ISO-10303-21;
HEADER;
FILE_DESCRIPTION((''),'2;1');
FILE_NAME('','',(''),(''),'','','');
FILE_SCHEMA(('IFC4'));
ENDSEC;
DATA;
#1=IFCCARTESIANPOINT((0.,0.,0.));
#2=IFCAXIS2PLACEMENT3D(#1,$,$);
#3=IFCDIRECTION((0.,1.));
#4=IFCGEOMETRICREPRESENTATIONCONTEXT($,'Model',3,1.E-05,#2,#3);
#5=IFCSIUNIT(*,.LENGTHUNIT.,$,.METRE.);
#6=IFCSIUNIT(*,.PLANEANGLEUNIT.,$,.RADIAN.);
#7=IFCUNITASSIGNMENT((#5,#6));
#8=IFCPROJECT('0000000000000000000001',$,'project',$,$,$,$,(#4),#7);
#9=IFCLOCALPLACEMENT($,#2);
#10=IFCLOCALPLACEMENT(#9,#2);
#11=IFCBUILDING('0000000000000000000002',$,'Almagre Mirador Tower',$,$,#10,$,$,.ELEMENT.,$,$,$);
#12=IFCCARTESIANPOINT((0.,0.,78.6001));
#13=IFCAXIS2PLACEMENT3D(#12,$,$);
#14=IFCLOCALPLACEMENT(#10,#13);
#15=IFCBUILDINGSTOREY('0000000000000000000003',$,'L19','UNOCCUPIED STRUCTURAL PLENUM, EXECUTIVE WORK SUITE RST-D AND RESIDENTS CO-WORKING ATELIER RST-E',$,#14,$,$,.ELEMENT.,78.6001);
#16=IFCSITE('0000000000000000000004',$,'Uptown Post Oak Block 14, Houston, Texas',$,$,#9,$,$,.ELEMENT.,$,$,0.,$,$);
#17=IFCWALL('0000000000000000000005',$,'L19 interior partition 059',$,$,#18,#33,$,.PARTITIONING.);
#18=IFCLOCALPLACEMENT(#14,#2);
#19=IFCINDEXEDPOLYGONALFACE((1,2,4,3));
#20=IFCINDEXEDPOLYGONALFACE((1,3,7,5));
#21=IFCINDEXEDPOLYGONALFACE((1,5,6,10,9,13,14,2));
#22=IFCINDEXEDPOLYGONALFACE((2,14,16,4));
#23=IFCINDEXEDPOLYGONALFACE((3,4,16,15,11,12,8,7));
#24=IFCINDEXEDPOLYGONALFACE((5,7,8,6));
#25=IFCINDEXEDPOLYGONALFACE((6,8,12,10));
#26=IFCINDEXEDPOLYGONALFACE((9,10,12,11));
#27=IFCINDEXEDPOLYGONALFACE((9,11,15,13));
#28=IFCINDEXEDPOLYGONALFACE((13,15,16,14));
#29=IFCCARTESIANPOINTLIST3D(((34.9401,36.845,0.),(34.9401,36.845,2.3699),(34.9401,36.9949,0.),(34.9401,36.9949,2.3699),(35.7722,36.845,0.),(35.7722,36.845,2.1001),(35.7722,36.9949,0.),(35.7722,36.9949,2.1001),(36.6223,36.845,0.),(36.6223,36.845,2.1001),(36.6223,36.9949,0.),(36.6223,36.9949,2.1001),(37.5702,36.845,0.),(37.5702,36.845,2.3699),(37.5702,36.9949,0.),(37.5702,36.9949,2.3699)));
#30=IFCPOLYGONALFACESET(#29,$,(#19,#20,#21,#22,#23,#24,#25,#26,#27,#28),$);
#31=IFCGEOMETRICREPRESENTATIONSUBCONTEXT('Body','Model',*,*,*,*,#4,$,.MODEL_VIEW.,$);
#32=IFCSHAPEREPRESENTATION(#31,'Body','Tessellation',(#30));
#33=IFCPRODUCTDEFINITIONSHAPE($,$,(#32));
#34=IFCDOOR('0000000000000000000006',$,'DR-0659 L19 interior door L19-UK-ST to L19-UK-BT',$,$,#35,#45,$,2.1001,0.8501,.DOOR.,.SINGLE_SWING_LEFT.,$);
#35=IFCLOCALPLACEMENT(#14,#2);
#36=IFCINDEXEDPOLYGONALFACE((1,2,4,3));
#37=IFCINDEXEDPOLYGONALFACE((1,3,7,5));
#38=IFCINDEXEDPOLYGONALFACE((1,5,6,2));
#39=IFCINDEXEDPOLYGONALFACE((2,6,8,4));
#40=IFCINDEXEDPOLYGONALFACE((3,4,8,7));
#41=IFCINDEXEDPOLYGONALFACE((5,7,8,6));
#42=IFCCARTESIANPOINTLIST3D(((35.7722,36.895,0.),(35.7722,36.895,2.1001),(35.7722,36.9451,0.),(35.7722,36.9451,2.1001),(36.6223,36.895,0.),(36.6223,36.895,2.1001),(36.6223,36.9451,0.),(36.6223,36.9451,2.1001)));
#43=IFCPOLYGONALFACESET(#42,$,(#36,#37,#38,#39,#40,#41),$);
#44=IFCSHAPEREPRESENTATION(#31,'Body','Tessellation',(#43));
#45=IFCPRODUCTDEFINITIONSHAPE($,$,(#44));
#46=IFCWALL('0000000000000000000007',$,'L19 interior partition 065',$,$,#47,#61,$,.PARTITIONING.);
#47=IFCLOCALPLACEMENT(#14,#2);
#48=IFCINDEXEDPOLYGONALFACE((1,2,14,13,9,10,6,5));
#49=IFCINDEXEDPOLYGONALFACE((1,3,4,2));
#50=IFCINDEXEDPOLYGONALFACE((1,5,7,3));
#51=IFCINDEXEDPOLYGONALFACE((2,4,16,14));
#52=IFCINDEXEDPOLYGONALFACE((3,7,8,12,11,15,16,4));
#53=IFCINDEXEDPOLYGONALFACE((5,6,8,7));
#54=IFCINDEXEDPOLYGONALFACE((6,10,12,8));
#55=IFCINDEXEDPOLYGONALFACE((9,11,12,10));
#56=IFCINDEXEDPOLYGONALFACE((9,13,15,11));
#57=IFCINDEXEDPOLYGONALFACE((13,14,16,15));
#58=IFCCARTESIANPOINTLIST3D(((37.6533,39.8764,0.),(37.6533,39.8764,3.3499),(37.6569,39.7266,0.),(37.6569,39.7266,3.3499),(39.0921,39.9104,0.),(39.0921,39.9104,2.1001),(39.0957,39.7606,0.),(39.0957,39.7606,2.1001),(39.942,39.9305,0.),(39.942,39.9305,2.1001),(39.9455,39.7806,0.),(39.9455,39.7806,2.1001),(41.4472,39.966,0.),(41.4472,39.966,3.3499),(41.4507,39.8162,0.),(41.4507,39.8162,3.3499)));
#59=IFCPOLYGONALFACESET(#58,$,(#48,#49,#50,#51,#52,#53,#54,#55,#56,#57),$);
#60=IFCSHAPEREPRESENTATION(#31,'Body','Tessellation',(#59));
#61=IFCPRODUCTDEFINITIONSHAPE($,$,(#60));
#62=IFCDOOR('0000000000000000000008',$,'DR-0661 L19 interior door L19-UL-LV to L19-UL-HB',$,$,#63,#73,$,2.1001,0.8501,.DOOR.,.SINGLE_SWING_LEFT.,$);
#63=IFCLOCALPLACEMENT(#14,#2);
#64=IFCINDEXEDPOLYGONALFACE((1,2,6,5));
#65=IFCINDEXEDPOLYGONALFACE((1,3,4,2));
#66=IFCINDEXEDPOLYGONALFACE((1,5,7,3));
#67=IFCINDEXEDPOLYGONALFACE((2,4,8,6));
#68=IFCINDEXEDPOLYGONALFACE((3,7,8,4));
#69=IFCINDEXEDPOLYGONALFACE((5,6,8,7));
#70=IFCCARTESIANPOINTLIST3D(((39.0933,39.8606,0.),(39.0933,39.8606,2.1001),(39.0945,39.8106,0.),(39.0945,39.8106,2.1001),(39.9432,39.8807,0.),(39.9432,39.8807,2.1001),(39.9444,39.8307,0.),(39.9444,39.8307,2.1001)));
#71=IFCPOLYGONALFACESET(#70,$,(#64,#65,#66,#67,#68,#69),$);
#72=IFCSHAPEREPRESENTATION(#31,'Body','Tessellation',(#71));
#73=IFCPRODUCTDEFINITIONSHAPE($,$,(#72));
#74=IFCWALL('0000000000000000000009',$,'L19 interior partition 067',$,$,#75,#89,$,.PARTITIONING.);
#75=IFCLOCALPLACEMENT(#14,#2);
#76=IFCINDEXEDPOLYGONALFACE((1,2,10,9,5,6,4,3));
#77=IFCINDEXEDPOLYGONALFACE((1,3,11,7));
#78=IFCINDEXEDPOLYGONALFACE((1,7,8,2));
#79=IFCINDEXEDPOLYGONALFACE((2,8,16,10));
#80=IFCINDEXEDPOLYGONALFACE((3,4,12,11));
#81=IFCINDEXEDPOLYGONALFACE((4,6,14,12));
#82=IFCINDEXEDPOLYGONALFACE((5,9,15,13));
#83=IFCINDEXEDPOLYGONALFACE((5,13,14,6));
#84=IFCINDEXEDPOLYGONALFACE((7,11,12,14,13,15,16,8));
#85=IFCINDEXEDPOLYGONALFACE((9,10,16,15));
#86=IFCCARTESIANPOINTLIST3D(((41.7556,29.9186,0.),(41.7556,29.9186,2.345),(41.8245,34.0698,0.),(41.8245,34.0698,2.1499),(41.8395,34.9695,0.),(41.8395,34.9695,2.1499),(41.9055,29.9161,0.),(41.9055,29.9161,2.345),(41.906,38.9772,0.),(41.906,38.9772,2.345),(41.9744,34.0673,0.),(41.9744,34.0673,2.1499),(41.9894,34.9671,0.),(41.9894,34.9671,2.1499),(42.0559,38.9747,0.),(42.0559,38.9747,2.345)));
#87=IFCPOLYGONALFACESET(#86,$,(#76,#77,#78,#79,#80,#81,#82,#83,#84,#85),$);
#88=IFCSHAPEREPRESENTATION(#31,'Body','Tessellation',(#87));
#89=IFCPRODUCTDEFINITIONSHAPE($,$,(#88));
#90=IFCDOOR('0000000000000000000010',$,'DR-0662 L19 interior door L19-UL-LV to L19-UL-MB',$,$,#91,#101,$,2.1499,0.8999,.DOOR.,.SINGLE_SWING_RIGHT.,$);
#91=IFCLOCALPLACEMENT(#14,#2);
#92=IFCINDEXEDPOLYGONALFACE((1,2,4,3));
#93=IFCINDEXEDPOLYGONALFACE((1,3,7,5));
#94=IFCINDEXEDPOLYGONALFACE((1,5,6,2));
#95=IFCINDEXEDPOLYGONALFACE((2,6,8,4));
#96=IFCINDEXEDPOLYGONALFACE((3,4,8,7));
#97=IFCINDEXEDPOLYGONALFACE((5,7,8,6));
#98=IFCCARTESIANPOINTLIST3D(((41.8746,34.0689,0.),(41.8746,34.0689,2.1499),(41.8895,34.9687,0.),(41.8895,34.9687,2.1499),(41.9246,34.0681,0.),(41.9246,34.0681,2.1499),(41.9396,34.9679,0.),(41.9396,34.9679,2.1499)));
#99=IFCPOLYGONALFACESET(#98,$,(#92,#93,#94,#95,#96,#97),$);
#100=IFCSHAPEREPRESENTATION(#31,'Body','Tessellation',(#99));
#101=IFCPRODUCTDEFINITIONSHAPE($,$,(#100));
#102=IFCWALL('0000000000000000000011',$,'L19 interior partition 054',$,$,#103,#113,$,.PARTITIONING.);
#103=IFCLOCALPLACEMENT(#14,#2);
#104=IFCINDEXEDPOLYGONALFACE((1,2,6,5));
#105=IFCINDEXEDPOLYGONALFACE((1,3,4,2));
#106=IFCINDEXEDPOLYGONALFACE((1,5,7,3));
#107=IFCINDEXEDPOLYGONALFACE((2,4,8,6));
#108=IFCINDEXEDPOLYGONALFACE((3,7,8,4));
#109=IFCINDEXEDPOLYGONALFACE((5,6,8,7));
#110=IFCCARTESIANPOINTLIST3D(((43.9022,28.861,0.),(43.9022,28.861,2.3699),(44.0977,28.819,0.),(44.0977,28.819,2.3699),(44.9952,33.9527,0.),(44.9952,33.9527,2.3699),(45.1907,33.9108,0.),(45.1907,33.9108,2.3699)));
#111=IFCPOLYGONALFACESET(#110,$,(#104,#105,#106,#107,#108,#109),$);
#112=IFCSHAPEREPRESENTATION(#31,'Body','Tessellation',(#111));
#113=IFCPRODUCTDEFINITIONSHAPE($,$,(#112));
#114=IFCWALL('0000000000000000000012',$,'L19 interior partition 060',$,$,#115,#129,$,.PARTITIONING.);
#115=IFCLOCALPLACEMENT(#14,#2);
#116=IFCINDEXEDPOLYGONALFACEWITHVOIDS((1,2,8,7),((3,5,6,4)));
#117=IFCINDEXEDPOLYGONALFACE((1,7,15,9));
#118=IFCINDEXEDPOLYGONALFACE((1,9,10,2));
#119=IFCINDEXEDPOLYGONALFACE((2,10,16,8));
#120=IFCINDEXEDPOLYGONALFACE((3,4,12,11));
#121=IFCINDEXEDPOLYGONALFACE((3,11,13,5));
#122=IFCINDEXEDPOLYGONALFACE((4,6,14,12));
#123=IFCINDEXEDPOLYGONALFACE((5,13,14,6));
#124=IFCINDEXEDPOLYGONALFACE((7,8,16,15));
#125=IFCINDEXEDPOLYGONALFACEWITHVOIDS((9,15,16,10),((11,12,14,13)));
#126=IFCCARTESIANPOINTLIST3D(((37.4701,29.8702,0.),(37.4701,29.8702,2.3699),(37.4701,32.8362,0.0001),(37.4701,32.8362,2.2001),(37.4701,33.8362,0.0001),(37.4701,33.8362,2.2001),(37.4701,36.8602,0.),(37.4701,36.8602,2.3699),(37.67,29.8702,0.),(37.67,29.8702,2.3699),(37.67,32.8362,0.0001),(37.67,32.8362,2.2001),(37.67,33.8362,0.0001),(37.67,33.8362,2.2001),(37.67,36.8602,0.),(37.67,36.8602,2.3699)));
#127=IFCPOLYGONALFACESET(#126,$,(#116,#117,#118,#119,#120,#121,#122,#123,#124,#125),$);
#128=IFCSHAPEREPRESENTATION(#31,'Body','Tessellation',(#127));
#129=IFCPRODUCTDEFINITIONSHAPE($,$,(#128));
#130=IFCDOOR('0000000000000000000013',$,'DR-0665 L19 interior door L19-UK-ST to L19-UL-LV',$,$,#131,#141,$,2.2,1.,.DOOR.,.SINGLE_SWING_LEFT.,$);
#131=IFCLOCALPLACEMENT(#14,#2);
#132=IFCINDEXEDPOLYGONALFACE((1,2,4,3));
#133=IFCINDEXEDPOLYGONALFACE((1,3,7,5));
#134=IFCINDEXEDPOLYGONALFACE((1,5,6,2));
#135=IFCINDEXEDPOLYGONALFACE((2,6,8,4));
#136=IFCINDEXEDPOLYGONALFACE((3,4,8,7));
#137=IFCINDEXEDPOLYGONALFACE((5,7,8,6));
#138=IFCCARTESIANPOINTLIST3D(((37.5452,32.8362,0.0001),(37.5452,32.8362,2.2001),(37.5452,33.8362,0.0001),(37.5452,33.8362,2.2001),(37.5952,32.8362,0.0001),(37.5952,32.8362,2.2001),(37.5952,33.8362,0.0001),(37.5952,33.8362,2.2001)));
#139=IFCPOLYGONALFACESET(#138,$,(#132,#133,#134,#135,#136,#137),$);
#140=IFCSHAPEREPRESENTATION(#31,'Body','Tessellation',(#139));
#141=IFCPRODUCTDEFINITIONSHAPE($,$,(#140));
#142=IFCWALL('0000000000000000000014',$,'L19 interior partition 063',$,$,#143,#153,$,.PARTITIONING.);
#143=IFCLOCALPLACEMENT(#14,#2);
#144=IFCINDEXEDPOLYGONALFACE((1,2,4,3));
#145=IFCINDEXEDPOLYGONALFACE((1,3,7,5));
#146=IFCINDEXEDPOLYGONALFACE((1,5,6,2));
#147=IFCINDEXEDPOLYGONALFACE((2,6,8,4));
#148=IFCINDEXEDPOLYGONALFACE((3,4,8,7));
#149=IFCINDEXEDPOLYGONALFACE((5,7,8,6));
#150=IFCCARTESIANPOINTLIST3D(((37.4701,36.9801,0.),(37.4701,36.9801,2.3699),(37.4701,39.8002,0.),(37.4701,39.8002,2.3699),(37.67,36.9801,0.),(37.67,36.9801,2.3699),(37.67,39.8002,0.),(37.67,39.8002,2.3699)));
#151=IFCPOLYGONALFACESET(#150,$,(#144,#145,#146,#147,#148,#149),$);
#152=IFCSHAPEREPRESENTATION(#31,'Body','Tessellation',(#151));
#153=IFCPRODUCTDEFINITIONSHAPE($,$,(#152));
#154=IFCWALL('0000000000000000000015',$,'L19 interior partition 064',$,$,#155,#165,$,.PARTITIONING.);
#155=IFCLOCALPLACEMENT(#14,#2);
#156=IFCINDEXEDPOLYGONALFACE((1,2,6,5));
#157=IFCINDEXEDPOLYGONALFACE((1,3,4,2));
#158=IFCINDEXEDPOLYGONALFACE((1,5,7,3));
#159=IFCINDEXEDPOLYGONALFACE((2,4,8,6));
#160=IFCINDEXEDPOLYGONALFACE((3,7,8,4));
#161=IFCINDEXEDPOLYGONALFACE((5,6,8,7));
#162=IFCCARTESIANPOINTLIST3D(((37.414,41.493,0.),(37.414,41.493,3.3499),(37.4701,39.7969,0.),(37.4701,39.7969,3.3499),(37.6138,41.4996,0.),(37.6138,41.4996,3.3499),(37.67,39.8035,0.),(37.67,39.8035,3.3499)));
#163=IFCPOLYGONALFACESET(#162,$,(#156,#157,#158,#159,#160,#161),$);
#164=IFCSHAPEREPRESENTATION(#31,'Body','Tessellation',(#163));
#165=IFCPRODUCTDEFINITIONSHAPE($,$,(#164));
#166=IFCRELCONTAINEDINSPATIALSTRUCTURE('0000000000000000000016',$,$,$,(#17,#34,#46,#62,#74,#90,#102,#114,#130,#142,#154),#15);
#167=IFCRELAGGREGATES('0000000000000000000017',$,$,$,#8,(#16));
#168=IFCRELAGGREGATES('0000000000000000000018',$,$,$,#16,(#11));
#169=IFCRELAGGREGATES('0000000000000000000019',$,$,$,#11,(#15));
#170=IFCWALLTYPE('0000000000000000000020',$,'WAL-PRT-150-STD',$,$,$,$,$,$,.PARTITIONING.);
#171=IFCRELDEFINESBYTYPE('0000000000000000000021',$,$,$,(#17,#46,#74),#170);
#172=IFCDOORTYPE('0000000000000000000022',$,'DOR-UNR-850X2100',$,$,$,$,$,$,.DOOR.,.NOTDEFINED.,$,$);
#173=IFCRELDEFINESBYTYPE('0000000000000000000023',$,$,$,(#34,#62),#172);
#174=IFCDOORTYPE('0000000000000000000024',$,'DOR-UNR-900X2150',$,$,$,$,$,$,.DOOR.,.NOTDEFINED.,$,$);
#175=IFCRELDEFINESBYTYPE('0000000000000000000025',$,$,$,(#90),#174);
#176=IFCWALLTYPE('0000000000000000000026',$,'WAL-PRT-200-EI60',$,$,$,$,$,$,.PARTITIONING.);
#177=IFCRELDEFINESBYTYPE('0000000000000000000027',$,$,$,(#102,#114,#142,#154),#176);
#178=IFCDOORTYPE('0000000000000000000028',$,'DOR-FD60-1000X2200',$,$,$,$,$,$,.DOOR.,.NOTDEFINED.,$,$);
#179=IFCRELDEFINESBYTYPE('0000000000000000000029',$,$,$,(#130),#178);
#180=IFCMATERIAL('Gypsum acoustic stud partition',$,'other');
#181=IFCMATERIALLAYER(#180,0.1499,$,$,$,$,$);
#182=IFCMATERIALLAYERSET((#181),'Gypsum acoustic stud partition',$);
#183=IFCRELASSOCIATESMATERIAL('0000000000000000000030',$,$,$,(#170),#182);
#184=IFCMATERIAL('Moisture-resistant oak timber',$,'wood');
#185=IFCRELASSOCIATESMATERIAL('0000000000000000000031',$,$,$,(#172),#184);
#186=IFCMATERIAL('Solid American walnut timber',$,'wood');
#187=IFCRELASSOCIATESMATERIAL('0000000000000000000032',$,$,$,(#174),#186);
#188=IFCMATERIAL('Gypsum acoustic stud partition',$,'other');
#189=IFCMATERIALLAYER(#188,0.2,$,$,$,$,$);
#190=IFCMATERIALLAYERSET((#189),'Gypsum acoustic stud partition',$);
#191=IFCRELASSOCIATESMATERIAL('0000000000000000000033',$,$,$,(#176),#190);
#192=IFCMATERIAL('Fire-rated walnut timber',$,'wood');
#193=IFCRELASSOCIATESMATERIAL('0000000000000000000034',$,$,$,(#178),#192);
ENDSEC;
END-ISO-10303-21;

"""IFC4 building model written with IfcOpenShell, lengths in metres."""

from ifc_helpers import new_model, si_unit, direction, frame, frame_2d, origin, place, context, subcontext, project, spatial, rectangle, extrude, material, layer, layer_set, type_object, element, fill, save


model = new_model("IFC4")

# Units and contexts
model_context = context("Model", 3, precision=1e-05, world=origin(), true_north=direction((0.0, 1.0)))
body_context = subcontext(model_context, "Body", "Model", "MODEL_VIEW")
ifc_project = project(units=[si_unit("LENGTHUNIT", "METRE"), si_unit("PLANEANGLEUNIT", "RADIAN")], contexts=[model_context])

# Site, building, storey
site_placement = place(None, origin())
site = spatial("IfcSite", under=ifc_project, at=site_placement, Name="Uptown Post Oak Block 14, Houston, Texas", CompositionType="ELEMENT", RefElevation=0.0)
building_placement = place(site_placement, origin())
building = spatial("IfcBuilding", under=site, at=building_placement, Name="Almagre Mirador Tower", CompositionType="ELEMENT")
storey_placement = place(building_placement, frame((0.0, 0.0, 78.6001)))
storey = spatial("IfcBuildingStorey", under=building, at=storey_placement, Name="L19", Description="UNOCCUPIED STRUCTURAL PLENUM, EXECUTIVE WORK SUITE RST-D AND RESIDENTS CO-WORKING ATELIER RST-E", CompositionType="ELEMENT", Elevation=78.6001)

# Walls, openings, doors
ifc_material_1 = material(Name="Gypsum acoustic stud partition", Category="other")
ifc_layer_1 = layer(ifc_material_1, 0.1499)
ifc_layer_set_1 = layer_set([ifc_layer_1], Name="Gypsum acoustic stud partition")
wall_type_1 = type_object("IfcWallType", Name="WAL-PRT-150-STD", PredefinedType="PARTITIONING", material=ifc_layer_set_1)
wall_1_placement = place(storey_placement, frame((37.5701, 36.9199, 0.0), z_axis=(0.0, 0.0, 1.0), x_axis=(-1.0, 0.0, 0.0)))
wall_1 = element("IfcWall", 1, at=wall_1_placement, inside=storey, type_object=wall_type_1, Name="L19 interior partition 059", PredefinedType="PARTITIONING", context=body_context, shape_type="SweptSolid", body=[
    extrude(rectangle(XDim=2.6301, YDim=0.1499, at=frame_2d((1.3149, 0.0))), origin(), (0.0, 0.0, 1.0), 2.3699),
])
opening_1_placement = place(wall_1_placement, frame((0.9478, 0.0, 0.0)))
opening_1 = element("IfcOpeningElement", 2, at=opening_1_placement, cuts=wall_1, PredefinedType="OPENING", context=body_context, shape_type="SweptSolid", body=[
    extrude(rectangle(XDim=0.8501, YDim=2.1001, at=frame_2d((0.425, 1.05))), frame((0.0, 0.085, 0.0), z_axis=(0.0, -1.0, 0.0), x_axis=(1.0, 0.0, 0.0)), (0.0, 0.0, 1.0), 0.1699),
])
ifc_material_2 = material(Name="Moisture-resistant oak timber", Category="wood")
door_type_1 = type_object("IfcDoorType", Name="DOR-UNR-850X2100", OperationType="NOTDEFINED", PredefinedType="DOOR", material=ifc_material_2)
door_1_placement = place(opening_1_placement, origin())
door_1 = element("IfcDoor", 3, at=door_1_placement, inside=storey, type_object=door_type_1, Name="DR-0659 L19 interior door L19-UK-ST to L19-UK-BT", OperationType="SINGLE_SWING_LEFT", OverallHeight=2.1001, OverallWidth=0.8501, PredefinedType="DOOR", context=body_context, shape_type="SweptSolid", body=[
    extrude(rectangle(XDim=0.8501, YDim=2.1001, at=frame_2d((0.425, 1.05))), frame((0.0, 0.0249, 0.0), z_axis=(0.0, -1.0, 0.0), x_axis=(1.0, 0.0, 0.0)), (0.0, 0.0, 1.0), 0.05),
])
fill(opening_1, door_1)
wall_2_placement = place(storey_placement, frame((41.449, 39.8911, 0.0), z_axis=(0.0, 0.0, 1.0), x_axis=(-0.999721, -0.02361, 0.0)))
wall_2 = element("IfcWall", 4, at=wall_2_placement, inside=storey, type_object=wall_type_1, Name="L19 interior partition 065", PredefinedType="PARTITIONING", context=body_context, shape_type="SweptSolid", body=[
    extrude(rectangle(XDim=3.7949, YDim=0.1499, at=frame_2d((1.8975, 0.0))), origin(), (0.0, 0.0, 1.0), 3.3499),
])
opening_2_placement = place(wall_2_placement, frame((1.5056, 0.0, 0.0)))
opening_2 = element("IfcOpeningElement", 5, at=opening_2_placement, cuts=wall_2, PredefinedType="OPENING", context=body_context, shape_type="SweptSolid", body=[
    extrude(rectangle(XDim=0.8501, YDim=2.1001, at=frame_2d((0.425, 1.05))), frame((0.0, 0.085, 0.0), z_axis=(0.0, -1.0, 0.0), x_axis=(1.0, 0.0, 0.0)), (0.0, 0.0, 1.0), 0.1699),
])
door_2_placement = place(opening_2_placement, origin())
door_2 = element("IfcDoor", 6, at=door_2_placement, inside=storey, type_object=door_type_1, Name="DR-0661 L19 interior door L19-UL-LV to L19-UL-HB", OperationType="SINGLE_SWING_LEFT", OverallHeight=2.1001, OverallWidth=0.8501, PredefinedType="DOOR", context=body_context, shape_type="SweptSolid", body=[
    extrude(rectangle(XDim=0.8501, YDim=2.1001, at=frame_2d((0.425, 1.05))), frame((0.0, 0.0249, 0.0), z_axis=(0.0, -1.0, 0.0), x_axis=(1.0, 0.0, 0.0)), (0.0, 0.0, 1.0), 0.05),
])
fill(opening_2, door_2)
wall_3_placement = place(storey_placement, frame((41.8306, 29.9175, 0.0), z_axis=(0.0, 0.0, 1.0), x_axis=(0.0166, 0.999862, 0.0)))
wall_3 = element("IfcWall", 7, at=wall_3_placement, inside=storey, type_object=wall_type_1, Name="L19 interior partition 067", PredefinedType="PARTITIONING", context=body_context, shape_type="SweptSolid", body=[
    extrude(rectangle(XDim=9.0598, YDim=0.1499, at=frame_2d((4.5298, 0.0))), origin(), (0.0, 0.0, 1.0), 2.345),
])
opening_3_placement = place(wall_3_placement, frame((4.1516, 0.0, 0.0)))
opening_3 = element("IfcOpeningElement", 8, at=opening_3_placement, cuts=wall_3, PredefinedType="OPENING", context=body_context, shape_type="SweptSolid", body=[
    extrude(rectangle(XDim=0.8999, YDim=2.1499, at=frame_2d((0.45, 1.075))), frame((0.0, 0.085, 0.0), z_axis=(0.0, -1.0, 0.0), x_axis=(1.0, 0.0, 0.0)), (0.0, 0.0, 1.0), 0.1699),
])
ifc_material_3 = material(Name="Solid American walnut timber", Category="wood")
door_type_2 = type_object("IfcDoorType", Name="DOR-UNR-900X2150", OperationType="NOTDEFINED", PredefinedType="DOOR", material=ifc_material_3)
door_3_placement = place(opening_3_placement, origin())
door_3 = element("IfcDoor", 9, at=door_3_placement, inside=storey, type_object=door_type_2, Name="DR-0662 L19 interior door L19-UL-LV to L19-UL-MB", OperationType="SINGLE_SWING_RIGHT", OverallHeight=2.1499, OverallWidth=0.8999, PredefinedType="DOOR", context=body_context, shape_type="SweptSolid", body=[
    extrude(rectangle(XDim=0.8999, YDim=2.1499, at=frame_2d((0.45, 1.075))), frame((0.0, 0.0249, 0.0), z_axis=(0.0, -1.0, 0.0), x_axis=(1.0, 0.0, 0.0)), (0.0, 0.0, 1.0), 0.05),
])
fill(opening_3, door_3)

# Wall
ifc_material_4 = material(Name="Gypsum acoustic stud partition", Category="other")
ifc_layer_2 = layer(ifc_material_4, 0.2)
ifc_layer_set_2 = layer_set([ifc_layer_2], Name="Gypsum acoustic stud partition")
wall_type_2 = type_object("IfcWallType", Name="WAL-PRT-200-EI60", PredefinedType="PARTITIONING", material=ifc_layer_set_2)
wall_4_placement = place(storey_placement, frame((45.093, 33.9319, 0.0), z_axis=(0.0, 0.0, 1.0), x_axis=(-0.209881, -0.977727, 0.0)))
element("IfcWall", 10, at=wall_4_placement, inside=storey, type_object=wall_type_2, Name="L19 interior partition 054", PredefinedType="PARTITIONING", context=body_context, shape_type="SweptSolid", body=[
    extrude(rectangle(XDim=5.2078, YDim=0.2, at=frame_2d((2.604, 0.0))), origin(), (0.0, 0.0, 1.0), 2.3699),
])

# Wall, opening, door
wall_5_placement = place(storey_placement, frame((37.5701, 29.8701, 0.0), z_axis=(0.0, 0.0, 1.0), x_axis=(0.0, 1.0, 0.0)))
wall_5 = element("IfcWall", 11, at=wall_5_placement, inside=storey, type_object=wall_type_2, Name="L19 interior partition 060", PredefinedType="PARTITIONING", context=body_context, shape_type="SweptSolid", body=[
    extrude(rectangle(XDim=6.99, YDim=0.2, at=frame_2d((3.4951, 0.0))), origin(), (0.0, 0.0, 1.0), 2.3699),
])
opening_4_placement = place(wall_5_placement, frame((2.9661, 0.0, 0.0)))
opening_4 = element("IfcOpeningElement", 12, at=opening_4_placement, cuts=wall_5, PredefinedType="OPENING", context=body_context, shape_type="SweptSolid", body=[
    extrude(rectangle(XDim=1.0, YDim=2.2, at=frame_2d((0.5, 1.1001))), frame((0.0, 0.1101, 0.0), z_axis=(0.0, -1.0, 0.0), x_axis=(1.0, 0.0, 0.0)), (0.0, 0.0, 1.0), 0.22),
])
ifc_material_5 = material(Name="Fire-rated walnut timber", Category="wood")
door_type_3 = type_object("IfcDoorType", Name="DOR-FD60-1000X2200", OperationType="NOTDEFINED", PredefinedType="DOOR", material=ifc_material_5)
door_4_placement = place(opening_4_placement, origin())
door_4 = element("IfcDoor", 13, at=door_4_placement, inside=storey, type_object=door_type_3, Name="DR-0665 L19 interior door L19-UK-ST to L19-UL-LV", OperationType="SINGLE_SWING_LEFT", OverallHeight=2.2, OverallWidth=1.0, PredefinedType="DOOR", context=body_context, shape_type="SweptSolid", body=[
    extrude(rectangle(XDim=1.0, YDim=2.2, at=frame_2d((0.5, 1.1001))), frame((0.0, 0.0249, 0.0), z_axis=(0.0, -1.0, 0.0), x_axis=(1.0, 0.0, 0.0)), (0.0, 0.0, 1.0), 0.05),
])
fill(opening_4, door_4)

# Walls
wall_6_placement = place(storey_placement, frame((37.5701, 36.98, 0.0), z_axis=(0.0, 0.0, 1.0), x_axis=(0.0, 1.0, 0.0)))
element("IfcWall", 14, at=wall_6_placement, inside=storey, type_object=wall_type_2, Name="L19 interior partition 063", PredefinedType="PARTITIONING", context=body_context, shape_type="SweptSolid", body=[
    extrude(rectangle(XDim=2.8201, YDim=0.2, at=frame_2d((1.4102, 0.0))), origin(), (0.0, 0.0, 1.0), 2.3699),
])
wall_7_placement = place(storey_placement, frame((37.5701, 39.8, 0.0), z_axis=(0.0, 0.0, 1.0), x_axis=(-0.03309, 0.999452, 0.0)))
element("IfcWall", 15, at=wall_7_placement, inside=storey, type_object=wall_type_2, Name="L19 interior partition 064", PredefinedType="PARTITIONING", context=body_context, shape_type="SweptSolid", body=[
    extrude(rectangle(XDim=1.697, YDim=0.2, at=frame_2d((0.8486, 0.0))), origin(), (0.0, 0.0, 1.0), 3.3499),
])

save(model, "model.ifc")
